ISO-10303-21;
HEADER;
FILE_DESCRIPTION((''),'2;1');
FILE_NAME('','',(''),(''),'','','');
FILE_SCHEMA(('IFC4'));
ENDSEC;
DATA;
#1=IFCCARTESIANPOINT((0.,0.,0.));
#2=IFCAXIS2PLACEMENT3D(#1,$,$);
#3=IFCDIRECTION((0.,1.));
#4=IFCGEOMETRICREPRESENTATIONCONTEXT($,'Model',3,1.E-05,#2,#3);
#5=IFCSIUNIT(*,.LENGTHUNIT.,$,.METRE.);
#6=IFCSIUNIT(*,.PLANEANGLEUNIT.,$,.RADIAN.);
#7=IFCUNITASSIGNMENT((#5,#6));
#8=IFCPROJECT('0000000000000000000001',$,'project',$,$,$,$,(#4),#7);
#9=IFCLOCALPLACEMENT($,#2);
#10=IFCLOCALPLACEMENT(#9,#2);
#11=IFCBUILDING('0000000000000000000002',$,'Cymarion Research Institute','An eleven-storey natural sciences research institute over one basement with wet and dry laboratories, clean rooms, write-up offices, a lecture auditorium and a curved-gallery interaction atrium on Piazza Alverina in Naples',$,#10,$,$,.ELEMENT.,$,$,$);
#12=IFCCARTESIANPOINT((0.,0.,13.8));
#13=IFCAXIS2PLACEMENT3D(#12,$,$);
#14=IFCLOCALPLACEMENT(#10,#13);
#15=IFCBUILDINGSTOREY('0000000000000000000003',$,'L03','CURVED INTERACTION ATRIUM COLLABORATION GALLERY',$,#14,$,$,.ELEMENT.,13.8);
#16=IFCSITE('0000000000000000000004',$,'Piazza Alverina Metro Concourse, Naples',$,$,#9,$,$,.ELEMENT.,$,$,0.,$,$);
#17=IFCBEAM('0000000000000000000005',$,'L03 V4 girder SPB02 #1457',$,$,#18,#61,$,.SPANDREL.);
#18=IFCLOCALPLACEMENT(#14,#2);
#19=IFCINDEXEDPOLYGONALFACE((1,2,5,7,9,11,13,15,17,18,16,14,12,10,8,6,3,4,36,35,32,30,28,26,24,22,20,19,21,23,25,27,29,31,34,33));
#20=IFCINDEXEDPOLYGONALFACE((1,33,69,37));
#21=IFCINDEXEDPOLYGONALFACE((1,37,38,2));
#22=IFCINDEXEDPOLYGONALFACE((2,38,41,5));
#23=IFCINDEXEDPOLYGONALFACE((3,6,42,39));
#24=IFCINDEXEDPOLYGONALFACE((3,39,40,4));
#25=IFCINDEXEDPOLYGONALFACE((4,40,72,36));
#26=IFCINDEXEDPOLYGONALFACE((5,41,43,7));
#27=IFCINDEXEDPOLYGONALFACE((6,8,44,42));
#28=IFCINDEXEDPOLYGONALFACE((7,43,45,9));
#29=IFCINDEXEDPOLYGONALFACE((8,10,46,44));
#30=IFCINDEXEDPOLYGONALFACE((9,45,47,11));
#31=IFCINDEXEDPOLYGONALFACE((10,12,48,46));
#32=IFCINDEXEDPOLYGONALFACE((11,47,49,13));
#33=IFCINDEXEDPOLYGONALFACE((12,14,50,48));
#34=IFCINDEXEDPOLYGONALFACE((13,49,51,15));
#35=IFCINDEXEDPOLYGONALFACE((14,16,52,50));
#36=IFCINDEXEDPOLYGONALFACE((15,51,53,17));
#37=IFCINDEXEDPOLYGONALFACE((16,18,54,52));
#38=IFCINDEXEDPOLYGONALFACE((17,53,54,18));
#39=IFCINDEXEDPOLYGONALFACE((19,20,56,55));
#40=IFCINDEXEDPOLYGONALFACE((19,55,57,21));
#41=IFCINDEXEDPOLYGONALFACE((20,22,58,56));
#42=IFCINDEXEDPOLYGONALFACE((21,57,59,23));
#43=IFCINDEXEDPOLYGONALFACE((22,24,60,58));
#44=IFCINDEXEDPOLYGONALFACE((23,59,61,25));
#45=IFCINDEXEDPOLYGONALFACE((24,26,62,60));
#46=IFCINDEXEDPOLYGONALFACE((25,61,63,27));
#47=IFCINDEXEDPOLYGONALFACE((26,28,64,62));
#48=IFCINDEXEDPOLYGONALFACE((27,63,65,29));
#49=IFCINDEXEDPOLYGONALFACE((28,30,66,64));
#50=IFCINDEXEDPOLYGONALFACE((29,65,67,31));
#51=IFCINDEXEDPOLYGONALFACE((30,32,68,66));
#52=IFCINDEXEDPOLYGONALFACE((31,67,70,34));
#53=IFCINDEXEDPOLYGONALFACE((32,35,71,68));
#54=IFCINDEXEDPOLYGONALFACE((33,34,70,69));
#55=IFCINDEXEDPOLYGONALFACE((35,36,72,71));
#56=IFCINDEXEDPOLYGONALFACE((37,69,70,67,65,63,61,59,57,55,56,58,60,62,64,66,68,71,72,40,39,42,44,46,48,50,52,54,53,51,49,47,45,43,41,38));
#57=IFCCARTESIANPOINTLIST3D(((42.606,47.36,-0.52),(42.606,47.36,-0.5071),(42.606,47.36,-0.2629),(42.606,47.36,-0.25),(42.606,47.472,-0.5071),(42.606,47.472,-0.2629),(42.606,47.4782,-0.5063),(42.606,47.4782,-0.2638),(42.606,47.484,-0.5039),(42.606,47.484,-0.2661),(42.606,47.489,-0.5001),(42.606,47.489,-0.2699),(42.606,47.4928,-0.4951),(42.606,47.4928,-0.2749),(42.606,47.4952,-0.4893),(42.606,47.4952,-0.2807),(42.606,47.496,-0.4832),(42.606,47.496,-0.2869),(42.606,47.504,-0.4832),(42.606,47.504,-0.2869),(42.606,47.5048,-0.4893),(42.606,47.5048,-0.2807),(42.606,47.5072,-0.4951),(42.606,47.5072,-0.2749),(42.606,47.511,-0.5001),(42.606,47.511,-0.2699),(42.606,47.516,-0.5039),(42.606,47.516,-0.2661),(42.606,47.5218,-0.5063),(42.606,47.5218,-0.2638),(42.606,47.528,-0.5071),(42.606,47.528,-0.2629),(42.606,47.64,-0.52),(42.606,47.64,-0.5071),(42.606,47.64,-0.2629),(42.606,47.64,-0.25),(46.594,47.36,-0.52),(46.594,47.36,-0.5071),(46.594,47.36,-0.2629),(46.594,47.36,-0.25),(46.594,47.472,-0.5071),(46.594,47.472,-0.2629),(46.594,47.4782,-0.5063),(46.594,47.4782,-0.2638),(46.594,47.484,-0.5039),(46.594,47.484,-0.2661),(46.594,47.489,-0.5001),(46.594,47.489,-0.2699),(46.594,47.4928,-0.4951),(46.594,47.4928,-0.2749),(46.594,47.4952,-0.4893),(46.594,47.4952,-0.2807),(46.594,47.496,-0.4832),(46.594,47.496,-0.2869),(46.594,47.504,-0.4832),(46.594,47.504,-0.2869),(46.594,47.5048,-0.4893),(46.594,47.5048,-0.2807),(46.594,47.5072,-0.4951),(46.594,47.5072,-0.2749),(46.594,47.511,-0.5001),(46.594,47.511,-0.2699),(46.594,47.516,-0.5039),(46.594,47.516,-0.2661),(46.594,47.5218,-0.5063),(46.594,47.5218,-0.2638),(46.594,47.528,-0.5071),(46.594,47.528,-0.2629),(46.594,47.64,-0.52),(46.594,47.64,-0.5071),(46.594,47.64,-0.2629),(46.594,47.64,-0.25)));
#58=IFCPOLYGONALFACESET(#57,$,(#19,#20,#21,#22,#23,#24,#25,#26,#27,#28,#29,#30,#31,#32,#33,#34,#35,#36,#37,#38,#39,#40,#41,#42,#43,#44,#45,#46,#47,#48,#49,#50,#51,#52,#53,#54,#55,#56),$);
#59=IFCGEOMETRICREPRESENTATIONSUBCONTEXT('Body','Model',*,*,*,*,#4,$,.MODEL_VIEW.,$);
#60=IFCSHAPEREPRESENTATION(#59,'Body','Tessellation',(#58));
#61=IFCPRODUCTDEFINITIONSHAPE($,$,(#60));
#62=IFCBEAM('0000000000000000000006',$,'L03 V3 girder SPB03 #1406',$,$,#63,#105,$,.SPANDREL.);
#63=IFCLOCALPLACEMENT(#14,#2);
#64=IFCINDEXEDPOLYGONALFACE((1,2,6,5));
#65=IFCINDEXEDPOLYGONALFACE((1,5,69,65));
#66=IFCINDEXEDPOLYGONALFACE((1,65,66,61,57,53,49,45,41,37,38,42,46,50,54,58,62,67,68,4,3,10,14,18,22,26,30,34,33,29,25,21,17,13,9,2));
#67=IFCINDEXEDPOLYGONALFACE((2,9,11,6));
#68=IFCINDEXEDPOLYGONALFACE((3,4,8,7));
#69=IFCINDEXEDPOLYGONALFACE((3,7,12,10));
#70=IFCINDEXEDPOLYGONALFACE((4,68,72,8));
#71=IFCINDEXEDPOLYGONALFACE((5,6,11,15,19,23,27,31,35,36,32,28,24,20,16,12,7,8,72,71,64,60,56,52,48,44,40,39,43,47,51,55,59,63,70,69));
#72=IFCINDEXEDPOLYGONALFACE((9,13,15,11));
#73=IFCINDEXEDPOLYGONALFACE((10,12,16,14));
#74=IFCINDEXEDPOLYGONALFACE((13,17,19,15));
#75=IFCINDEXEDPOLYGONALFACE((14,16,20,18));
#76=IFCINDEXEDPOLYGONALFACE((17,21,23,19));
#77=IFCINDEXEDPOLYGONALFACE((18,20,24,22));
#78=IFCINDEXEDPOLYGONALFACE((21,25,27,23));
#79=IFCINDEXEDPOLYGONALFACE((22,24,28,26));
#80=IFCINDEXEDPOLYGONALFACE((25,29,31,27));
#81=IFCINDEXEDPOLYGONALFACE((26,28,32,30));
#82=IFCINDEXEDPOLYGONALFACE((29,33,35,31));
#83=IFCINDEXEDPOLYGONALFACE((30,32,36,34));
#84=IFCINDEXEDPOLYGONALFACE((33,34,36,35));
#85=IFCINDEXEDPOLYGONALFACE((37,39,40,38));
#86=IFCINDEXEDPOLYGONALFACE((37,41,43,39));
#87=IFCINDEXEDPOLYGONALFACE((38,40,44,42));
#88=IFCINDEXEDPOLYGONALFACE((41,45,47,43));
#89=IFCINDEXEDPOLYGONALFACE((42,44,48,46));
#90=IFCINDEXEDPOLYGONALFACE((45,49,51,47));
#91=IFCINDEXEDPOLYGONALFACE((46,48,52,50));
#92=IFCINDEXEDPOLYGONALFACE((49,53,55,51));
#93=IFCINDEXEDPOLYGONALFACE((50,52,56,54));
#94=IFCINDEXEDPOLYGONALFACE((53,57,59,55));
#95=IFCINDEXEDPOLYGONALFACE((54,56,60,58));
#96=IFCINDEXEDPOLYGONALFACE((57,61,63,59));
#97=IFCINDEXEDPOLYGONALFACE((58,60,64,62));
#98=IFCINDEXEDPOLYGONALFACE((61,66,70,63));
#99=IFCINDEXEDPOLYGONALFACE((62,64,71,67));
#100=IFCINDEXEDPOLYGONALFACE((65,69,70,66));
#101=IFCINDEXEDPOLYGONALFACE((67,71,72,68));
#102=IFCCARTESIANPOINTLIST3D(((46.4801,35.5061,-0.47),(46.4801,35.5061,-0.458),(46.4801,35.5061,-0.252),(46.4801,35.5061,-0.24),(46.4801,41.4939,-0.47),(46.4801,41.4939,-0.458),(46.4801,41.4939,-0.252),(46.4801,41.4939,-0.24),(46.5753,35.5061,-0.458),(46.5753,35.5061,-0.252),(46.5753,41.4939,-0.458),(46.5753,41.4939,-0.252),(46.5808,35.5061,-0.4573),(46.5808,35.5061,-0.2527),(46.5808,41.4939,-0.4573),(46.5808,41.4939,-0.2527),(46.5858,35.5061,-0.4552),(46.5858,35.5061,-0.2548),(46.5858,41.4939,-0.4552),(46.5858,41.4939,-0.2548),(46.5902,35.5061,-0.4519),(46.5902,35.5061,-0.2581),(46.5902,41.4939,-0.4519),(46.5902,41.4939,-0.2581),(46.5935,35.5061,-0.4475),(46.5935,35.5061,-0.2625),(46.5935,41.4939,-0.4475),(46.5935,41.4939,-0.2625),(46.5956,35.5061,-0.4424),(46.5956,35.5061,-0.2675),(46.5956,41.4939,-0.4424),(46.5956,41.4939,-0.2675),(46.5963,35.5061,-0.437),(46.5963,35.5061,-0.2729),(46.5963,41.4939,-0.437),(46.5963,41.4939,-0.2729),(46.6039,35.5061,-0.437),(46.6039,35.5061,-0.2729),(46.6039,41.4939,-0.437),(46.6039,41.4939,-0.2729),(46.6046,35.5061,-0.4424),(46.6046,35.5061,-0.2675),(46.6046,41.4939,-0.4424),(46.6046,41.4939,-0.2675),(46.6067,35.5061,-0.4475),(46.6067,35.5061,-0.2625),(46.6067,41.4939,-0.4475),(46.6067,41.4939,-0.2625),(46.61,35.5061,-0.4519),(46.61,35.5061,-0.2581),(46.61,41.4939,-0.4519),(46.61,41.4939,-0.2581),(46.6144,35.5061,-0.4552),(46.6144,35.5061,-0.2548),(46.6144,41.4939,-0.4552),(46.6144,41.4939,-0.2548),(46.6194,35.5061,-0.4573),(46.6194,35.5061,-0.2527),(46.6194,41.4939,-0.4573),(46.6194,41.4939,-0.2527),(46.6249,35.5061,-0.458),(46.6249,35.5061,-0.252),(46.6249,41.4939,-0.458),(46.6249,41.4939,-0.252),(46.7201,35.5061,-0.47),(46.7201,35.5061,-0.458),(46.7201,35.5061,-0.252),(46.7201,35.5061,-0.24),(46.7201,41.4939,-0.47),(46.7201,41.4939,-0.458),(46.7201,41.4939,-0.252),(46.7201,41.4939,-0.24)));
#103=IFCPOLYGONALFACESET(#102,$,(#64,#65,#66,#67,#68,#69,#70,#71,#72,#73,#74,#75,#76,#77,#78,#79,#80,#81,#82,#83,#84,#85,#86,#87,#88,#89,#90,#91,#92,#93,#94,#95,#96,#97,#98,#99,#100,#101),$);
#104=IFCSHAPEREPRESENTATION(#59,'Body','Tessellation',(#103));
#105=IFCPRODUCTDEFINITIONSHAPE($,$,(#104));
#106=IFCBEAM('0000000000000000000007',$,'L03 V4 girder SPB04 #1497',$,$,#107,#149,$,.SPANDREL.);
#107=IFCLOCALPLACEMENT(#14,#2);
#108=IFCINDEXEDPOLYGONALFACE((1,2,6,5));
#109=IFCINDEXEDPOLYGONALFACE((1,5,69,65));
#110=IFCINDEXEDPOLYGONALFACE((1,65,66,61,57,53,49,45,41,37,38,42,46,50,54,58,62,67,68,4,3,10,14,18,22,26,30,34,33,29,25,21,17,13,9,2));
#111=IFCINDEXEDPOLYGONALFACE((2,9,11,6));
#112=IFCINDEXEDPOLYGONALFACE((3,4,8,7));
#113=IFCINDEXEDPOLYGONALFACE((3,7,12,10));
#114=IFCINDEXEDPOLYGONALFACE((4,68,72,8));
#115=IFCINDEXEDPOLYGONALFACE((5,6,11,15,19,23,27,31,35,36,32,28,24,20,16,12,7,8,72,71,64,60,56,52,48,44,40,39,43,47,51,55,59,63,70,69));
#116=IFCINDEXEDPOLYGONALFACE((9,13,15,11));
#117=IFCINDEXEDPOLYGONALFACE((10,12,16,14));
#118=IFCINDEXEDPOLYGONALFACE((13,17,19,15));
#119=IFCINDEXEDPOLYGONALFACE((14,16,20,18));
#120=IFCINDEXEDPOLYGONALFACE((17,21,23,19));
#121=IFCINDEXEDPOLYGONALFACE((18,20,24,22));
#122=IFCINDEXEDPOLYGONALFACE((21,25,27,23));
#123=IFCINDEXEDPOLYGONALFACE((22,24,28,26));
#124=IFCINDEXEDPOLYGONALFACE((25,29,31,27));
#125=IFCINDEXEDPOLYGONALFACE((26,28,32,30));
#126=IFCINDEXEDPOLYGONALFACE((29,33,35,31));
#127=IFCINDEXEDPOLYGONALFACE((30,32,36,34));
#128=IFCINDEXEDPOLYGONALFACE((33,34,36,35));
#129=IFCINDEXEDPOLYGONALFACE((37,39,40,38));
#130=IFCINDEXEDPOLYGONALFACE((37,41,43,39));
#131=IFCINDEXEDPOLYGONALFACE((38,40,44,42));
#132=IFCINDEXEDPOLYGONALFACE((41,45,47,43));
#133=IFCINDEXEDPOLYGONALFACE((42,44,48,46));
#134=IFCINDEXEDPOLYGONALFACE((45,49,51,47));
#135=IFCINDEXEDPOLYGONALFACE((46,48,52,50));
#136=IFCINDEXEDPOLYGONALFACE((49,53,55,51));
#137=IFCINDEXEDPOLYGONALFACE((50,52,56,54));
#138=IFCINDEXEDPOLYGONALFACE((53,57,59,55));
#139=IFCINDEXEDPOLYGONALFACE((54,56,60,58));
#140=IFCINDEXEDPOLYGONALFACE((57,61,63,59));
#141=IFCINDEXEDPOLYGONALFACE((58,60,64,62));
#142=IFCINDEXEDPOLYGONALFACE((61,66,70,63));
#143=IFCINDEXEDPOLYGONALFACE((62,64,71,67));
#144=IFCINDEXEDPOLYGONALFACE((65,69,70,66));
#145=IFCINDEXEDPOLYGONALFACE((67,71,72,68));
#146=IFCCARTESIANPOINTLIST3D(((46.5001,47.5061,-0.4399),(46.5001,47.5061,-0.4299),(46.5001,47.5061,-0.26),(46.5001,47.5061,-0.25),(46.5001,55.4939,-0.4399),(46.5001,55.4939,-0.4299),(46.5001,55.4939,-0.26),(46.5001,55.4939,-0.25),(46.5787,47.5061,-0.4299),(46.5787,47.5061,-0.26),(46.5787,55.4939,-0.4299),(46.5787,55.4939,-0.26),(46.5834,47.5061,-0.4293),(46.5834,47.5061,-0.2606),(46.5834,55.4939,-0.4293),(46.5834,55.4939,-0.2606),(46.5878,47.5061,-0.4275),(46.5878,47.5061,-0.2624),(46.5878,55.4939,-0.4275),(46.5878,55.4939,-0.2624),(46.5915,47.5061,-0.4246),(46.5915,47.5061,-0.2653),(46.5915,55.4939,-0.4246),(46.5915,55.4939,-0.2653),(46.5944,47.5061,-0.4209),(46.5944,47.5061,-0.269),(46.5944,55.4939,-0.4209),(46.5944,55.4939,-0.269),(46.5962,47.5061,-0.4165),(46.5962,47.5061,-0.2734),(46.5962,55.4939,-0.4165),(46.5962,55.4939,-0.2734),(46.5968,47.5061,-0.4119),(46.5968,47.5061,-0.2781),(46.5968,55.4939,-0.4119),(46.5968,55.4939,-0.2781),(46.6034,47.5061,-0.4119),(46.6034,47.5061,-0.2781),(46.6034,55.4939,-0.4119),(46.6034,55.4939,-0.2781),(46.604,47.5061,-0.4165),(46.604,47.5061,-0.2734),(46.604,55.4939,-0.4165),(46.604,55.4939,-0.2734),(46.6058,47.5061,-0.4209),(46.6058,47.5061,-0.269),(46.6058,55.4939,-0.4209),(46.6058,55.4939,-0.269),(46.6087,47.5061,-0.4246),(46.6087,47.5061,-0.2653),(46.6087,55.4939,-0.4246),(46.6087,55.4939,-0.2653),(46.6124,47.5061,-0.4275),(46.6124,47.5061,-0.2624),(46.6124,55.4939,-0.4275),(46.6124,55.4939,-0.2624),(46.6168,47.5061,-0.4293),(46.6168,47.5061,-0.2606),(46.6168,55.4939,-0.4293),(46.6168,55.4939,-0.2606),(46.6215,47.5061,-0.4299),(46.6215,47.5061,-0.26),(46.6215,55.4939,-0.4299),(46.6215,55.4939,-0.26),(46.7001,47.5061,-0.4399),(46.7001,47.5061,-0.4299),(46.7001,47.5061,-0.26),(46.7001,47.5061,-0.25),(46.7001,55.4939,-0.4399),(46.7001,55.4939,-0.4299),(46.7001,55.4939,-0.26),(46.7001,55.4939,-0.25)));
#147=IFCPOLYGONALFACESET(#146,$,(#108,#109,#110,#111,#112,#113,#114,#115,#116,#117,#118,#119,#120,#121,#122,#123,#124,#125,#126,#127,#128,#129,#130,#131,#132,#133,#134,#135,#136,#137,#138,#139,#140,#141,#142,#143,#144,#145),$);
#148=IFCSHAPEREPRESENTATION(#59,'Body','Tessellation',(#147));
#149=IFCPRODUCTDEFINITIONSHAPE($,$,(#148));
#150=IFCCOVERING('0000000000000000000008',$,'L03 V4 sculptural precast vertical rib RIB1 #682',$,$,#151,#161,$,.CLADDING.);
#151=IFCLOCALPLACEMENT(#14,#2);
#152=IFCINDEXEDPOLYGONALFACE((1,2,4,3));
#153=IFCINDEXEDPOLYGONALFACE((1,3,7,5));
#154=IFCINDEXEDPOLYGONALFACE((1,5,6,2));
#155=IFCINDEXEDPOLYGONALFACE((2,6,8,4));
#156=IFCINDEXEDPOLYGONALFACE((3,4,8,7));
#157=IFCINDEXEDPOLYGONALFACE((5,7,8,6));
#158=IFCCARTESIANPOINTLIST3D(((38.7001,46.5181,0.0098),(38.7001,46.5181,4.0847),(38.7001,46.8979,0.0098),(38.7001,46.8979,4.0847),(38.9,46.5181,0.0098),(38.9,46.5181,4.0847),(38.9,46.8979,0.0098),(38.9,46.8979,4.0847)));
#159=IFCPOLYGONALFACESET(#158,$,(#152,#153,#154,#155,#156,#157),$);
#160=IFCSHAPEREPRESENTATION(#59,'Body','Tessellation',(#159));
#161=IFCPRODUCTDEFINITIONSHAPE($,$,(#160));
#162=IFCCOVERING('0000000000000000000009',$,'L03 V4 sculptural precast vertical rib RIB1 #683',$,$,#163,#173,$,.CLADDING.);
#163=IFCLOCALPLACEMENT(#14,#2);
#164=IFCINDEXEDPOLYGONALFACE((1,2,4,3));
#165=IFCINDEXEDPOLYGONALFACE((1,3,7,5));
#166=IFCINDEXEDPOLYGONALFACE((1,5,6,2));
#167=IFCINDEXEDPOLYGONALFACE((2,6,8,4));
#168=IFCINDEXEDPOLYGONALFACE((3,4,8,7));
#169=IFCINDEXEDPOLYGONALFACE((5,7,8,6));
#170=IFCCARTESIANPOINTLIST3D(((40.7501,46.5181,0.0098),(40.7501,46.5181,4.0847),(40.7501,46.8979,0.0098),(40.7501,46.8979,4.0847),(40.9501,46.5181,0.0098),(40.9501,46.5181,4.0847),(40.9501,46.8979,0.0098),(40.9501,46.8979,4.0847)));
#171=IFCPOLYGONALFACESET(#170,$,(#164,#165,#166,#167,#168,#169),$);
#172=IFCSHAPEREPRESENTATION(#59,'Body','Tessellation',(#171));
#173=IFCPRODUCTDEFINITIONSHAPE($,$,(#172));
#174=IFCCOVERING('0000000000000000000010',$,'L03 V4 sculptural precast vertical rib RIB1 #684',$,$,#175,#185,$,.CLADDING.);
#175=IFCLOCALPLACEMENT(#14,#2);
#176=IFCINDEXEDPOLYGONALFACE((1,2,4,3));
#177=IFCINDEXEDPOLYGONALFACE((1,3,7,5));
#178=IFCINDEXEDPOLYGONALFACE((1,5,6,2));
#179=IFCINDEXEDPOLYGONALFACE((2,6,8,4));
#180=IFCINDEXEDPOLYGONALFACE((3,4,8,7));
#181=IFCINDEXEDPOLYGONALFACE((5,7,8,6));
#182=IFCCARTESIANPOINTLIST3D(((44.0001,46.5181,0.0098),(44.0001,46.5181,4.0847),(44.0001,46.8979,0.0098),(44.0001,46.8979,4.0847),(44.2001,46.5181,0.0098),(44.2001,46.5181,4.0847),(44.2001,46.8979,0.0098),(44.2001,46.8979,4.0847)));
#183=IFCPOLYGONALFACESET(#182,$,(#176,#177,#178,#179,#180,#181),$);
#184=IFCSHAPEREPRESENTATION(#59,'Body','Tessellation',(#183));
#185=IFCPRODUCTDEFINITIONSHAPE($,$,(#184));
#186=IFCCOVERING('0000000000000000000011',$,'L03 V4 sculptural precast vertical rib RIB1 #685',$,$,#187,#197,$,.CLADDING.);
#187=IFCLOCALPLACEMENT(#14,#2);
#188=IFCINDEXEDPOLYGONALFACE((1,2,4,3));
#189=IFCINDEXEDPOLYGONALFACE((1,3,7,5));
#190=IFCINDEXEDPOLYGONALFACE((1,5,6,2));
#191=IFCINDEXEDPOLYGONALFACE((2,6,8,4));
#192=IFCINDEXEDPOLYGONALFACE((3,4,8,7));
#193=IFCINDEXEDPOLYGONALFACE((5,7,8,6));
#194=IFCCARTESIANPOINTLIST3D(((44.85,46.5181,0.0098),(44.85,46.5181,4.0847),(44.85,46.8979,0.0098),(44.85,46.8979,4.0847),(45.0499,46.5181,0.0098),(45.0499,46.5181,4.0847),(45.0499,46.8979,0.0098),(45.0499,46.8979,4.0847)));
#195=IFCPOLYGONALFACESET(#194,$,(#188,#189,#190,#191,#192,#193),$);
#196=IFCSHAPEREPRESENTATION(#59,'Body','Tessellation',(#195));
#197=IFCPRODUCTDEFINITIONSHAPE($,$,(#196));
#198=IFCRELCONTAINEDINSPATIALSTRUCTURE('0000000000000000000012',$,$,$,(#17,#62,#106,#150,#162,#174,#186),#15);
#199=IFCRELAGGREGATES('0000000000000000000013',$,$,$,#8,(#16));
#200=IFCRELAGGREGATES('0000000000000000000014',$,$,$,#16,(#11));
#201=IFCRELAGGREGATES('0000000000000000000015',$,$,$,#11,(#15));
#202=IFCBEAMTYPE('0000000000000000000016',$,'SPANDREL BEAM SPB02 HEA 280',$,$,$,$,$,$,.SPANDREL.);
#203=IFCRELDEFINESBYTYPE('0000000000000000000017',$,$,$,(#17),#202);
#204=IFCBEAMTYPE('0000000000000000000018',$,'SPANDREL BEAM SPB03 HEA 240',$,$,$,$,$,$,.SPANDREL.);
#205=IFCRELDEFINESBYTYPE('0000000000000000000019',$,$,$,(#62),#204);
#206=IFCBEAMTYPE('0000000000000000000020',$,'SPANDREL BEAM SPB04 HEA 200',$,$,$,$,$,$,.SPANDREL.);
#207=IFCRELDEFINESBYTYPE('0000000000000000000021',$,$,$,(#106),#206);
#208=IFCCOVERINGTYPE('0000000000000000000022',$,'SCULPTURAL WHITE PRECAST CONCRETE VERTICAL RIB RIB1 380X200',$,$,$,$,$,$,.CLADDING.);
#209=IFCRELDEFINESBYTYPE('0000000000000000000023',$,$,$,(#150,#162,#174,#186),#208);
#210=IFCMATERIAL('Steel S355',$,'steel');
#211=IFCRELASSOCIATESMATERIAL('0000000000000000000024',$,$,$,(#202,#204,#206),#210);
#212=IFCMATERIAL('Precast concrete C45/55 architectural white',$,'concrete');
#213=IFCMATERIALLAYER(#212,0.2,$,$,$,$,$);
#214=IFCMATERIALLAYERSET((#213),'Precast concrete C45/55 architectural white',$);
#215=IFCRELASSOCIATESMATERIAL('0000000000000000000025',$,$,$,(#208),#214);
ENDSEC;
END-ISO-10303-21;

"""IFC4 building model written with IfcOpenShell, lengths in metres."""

from ifc_helpers import new_model, si_unit, direction, frame, origin, origin_2d, place, context, subcontext, project, spatial, rectangle, i_section, extrude, material, layer, layer_set, material_profile, profile_set, type_object, element, save


model = new_model("IFC4")

# Units and contexts
model_context = context("Model", 3, precision=1e-05, world=origin(), true_north=direction((0.0, 1.0)))
body_context = subcontext(model_context, "Body", "Model", "MODEL_VIEW")
ifc_project = project(units=[si_unit("LENGTHUNIT", "METRE"), si_unit("PLANEANGLEUNIT", "RADIAN")], contexts=[model_context])

# Site, building, storey
site_placement = place(None, origin())
site = spatial("IfcSite", under=ifc_project, at=site_placement, Name="Piazza Alverina Metro Concourse, Naples", CompositionType="ELEMENT", RefElevation=0.0)
building_placement = place(site_placement, origin())
building = spatial("IfcBuilding", under=site, at=building_placement, Name="Cymarion Research Institute", Description="An eleven-storey natural sciences research institute over one basement with wet and dry laboratories, clean rooms, write-up offices, a lecture auditorium and a curved-gallery interaction atrium on Piazza Alverina in Naples", CompositionType="ELEMENT")
storey_placement = place(building_placement, frame((0.0, 0.0, 13.8)))
storey = spatial("IfcBuildingStorey", under=building, at=storey_placement, Name="L03", Description="CURVED INTERACTION ATRIUM COLLABORATION GALLERY", CompositionType="ELEMENT", Elevation=13.8)

# Shared definitions
ifc_material_1 = material(Name="Steel S355", Category="steel")

# Beams
ifc_material_profile_1 = material_profile(ifc_material_1, i_section(OverallWidth=0.28, OverallDepth=0.27, WebThickness=0.0081, FlangeThickness=0.0129, FilletRadius=0.0239, at=origin_2d()), Name="HEA 280")
ifc_profile_set_1 = profile_set([ifc_material_profile_1], Name="Steel S355")
beam_type_1 = type_object("IfcBeamType", Name="SPANDREL BEAM SPB02 HEA 280", PredefinedType="SPANDREL", material=ifc_profile_set_1)
for number, where, z_axis, x_axis, name in (
    (1, (42.606, 47.5, -0.385), (1.0, 0.0, 0.0), (0.0, 1.0, 0.0), "L03 V4 girder SPB02 #1457"),
):
    element("IfcBeam", number, at=place(storey_placement, frame(where, z_axis=z_axis, x_axis=x_axis)), inside=storey, type_object=beam_type_1, Name=name, PredefinedType="SPANDREL", context=body_context, shape_type="SweptSolid", body=[
        extrude(i_section(OverallWidth=0.28, OverallDepth=0.27, WebThickness=0.0081, FlangeThickness=0.0129, FilletRadius=0.0239, at=origin_2d()), origin(), (0.0, 0.0, 1.0), 3.988),
    ])
ifc_material_profile_2 = material_profile(ifc_material_1, i_section(OverallWidth=0.24, OverallDepth=0.23, WebThickness=0.0076, FlangeThickness=0.012, FilletRadius=0.021, at=origin_2d()), Name="HEA 240")
ifc_profile_set_2 = profile_set([ifc_material_profile_2], Name="Steel S355")
beam_type_2 = type_object("IfcBeamType", Name="SPANDREL BEAM SPB03 HEA 240", PredefinedType="SPANDREL", material=ifc_profile_set_2)
beam_1_placement = place(storey_placement, frame((46.6001, 35.5061, -0.355), z_axis=(0.0, 1.0, 0.0), x_axis=(-1.0, 0.0, 0.0)))
element("IfcBeam", 2, at=beam_1_placement, inside=storey, type_object=beam_type_2, Name="L03 V3 girder SPB03 #1406", PredefinedType="SPANDREL", context=body_context, shape_type="SweptSolid", body=[
    extrude(i_section(OverallWidth=0.24, OverallDepth=0.23, WebThickness=0.0076, FlangeThickness=0.012, FilletRadius=0.021, at=origin_2d()), origin(), (0.0, 0.0, 1.0), 5.9878),
])
ifc_material_profile_3 = material_profile(ifc_material_1, i_section(OverallWidth=0.2, OverallDepth=0.1899, WebThickness=0.0066, FlangeThickness=0.01, FilletRadius=0.0181, at=origin_2d()), Name="HEA 200")
ifc_profile_set_3 = profile_set([ifc_material_profile_3], Name="Steel S355")
beam_type_3 = type_object("IfcBeamType", Name="SPANDREL BEAM SPB04 HEA 200", PredefinedType="SPANDREL", material=ifc_profile_set_3)
beam_2_placement = place(storey_placement, frame((46.6001, 47.5061, -0.345), z_axis=(0.0, 1.0, 0.0), x_axis=(-1.0, 0.0, 0.0)))
element("IfcBeam", 3, at=beam_2_placement, inside=storey, type_object=beam_type_3, Name="L03 V4 girder SPB04 #1497", PredefinedType="SPANDREL", context=body_context, shape_type="SweptSolid", body=[
    extrude(i_section(OverallWidth=0.2, OverallDepth=0.1899, WebThickness=0.0066, FlangeThickness=0.01, FilletRadius=0.0181, at=origin_2d()), origin(), (0.0, 0.0, 1.0), 7.9878),
])

# Coverings
ifc_material_2 = material(Name="Precast concrete C45/55 architectural white", Category="concrete")
ifc_layer = layer(ifc_material_2, 0.2)
ifc_layer_set = layer_set([ifc_layer], Name="Precast concrete C45/55 architectural white")
covering_type = type_object("IfcCoveringType", Name="SCULPTURAL WHITE PRECAST CONCRETE VERTICAL RIB RIB1 380X200", PredefinedType="CLADDING", material=ifc_layer_set)
for number, where, z_axis, x_axis, name in (
    (4, (38.8, 46.708, 0.0098), (0.0, 0.0, 1.0), (0.0, -1.0, 0.0), "L03 V4 sculptural precast vertical rib RIB1 #682"),
    (5, (40.8501, 46.708, 0.0098), (0.0, 0.0, 1.0), (0.0, -1.0, 0.0), "L03 V4 sculptural precast vertical rib RIB1 #683"),
    (6, (44.1001, 46.708, 0.0098), (0.0, 0.0, 1.0), (0.0, -1.0, 0.0), "L03 V4 sculptural precast vertical rib RIB1 #684"),
    (7, (44.95, 46.708, 0.0098), (0.0, 0.0, 1.0), (0.0, -1.0, 0.0), "L03 V4 sculptural precast vertical rib RIB1 #685"),
):
    element("IfcCovering", number, at=place(storey_placement, frame(where, z_axis=z_axis, x_axis=x_axis)), inside=storey, type_object=covering_type, Name=name, PredefinedType="CLADDING", context=body_context, shape_type="SweptSolid", body=[
        extrude(rectangle(XDim=0.3799, YDim=0.2, at=origin_2d()), origin(), (0.0, 0.0, 1.0), 4.075),
    ])

save(model, "model.ifc")
